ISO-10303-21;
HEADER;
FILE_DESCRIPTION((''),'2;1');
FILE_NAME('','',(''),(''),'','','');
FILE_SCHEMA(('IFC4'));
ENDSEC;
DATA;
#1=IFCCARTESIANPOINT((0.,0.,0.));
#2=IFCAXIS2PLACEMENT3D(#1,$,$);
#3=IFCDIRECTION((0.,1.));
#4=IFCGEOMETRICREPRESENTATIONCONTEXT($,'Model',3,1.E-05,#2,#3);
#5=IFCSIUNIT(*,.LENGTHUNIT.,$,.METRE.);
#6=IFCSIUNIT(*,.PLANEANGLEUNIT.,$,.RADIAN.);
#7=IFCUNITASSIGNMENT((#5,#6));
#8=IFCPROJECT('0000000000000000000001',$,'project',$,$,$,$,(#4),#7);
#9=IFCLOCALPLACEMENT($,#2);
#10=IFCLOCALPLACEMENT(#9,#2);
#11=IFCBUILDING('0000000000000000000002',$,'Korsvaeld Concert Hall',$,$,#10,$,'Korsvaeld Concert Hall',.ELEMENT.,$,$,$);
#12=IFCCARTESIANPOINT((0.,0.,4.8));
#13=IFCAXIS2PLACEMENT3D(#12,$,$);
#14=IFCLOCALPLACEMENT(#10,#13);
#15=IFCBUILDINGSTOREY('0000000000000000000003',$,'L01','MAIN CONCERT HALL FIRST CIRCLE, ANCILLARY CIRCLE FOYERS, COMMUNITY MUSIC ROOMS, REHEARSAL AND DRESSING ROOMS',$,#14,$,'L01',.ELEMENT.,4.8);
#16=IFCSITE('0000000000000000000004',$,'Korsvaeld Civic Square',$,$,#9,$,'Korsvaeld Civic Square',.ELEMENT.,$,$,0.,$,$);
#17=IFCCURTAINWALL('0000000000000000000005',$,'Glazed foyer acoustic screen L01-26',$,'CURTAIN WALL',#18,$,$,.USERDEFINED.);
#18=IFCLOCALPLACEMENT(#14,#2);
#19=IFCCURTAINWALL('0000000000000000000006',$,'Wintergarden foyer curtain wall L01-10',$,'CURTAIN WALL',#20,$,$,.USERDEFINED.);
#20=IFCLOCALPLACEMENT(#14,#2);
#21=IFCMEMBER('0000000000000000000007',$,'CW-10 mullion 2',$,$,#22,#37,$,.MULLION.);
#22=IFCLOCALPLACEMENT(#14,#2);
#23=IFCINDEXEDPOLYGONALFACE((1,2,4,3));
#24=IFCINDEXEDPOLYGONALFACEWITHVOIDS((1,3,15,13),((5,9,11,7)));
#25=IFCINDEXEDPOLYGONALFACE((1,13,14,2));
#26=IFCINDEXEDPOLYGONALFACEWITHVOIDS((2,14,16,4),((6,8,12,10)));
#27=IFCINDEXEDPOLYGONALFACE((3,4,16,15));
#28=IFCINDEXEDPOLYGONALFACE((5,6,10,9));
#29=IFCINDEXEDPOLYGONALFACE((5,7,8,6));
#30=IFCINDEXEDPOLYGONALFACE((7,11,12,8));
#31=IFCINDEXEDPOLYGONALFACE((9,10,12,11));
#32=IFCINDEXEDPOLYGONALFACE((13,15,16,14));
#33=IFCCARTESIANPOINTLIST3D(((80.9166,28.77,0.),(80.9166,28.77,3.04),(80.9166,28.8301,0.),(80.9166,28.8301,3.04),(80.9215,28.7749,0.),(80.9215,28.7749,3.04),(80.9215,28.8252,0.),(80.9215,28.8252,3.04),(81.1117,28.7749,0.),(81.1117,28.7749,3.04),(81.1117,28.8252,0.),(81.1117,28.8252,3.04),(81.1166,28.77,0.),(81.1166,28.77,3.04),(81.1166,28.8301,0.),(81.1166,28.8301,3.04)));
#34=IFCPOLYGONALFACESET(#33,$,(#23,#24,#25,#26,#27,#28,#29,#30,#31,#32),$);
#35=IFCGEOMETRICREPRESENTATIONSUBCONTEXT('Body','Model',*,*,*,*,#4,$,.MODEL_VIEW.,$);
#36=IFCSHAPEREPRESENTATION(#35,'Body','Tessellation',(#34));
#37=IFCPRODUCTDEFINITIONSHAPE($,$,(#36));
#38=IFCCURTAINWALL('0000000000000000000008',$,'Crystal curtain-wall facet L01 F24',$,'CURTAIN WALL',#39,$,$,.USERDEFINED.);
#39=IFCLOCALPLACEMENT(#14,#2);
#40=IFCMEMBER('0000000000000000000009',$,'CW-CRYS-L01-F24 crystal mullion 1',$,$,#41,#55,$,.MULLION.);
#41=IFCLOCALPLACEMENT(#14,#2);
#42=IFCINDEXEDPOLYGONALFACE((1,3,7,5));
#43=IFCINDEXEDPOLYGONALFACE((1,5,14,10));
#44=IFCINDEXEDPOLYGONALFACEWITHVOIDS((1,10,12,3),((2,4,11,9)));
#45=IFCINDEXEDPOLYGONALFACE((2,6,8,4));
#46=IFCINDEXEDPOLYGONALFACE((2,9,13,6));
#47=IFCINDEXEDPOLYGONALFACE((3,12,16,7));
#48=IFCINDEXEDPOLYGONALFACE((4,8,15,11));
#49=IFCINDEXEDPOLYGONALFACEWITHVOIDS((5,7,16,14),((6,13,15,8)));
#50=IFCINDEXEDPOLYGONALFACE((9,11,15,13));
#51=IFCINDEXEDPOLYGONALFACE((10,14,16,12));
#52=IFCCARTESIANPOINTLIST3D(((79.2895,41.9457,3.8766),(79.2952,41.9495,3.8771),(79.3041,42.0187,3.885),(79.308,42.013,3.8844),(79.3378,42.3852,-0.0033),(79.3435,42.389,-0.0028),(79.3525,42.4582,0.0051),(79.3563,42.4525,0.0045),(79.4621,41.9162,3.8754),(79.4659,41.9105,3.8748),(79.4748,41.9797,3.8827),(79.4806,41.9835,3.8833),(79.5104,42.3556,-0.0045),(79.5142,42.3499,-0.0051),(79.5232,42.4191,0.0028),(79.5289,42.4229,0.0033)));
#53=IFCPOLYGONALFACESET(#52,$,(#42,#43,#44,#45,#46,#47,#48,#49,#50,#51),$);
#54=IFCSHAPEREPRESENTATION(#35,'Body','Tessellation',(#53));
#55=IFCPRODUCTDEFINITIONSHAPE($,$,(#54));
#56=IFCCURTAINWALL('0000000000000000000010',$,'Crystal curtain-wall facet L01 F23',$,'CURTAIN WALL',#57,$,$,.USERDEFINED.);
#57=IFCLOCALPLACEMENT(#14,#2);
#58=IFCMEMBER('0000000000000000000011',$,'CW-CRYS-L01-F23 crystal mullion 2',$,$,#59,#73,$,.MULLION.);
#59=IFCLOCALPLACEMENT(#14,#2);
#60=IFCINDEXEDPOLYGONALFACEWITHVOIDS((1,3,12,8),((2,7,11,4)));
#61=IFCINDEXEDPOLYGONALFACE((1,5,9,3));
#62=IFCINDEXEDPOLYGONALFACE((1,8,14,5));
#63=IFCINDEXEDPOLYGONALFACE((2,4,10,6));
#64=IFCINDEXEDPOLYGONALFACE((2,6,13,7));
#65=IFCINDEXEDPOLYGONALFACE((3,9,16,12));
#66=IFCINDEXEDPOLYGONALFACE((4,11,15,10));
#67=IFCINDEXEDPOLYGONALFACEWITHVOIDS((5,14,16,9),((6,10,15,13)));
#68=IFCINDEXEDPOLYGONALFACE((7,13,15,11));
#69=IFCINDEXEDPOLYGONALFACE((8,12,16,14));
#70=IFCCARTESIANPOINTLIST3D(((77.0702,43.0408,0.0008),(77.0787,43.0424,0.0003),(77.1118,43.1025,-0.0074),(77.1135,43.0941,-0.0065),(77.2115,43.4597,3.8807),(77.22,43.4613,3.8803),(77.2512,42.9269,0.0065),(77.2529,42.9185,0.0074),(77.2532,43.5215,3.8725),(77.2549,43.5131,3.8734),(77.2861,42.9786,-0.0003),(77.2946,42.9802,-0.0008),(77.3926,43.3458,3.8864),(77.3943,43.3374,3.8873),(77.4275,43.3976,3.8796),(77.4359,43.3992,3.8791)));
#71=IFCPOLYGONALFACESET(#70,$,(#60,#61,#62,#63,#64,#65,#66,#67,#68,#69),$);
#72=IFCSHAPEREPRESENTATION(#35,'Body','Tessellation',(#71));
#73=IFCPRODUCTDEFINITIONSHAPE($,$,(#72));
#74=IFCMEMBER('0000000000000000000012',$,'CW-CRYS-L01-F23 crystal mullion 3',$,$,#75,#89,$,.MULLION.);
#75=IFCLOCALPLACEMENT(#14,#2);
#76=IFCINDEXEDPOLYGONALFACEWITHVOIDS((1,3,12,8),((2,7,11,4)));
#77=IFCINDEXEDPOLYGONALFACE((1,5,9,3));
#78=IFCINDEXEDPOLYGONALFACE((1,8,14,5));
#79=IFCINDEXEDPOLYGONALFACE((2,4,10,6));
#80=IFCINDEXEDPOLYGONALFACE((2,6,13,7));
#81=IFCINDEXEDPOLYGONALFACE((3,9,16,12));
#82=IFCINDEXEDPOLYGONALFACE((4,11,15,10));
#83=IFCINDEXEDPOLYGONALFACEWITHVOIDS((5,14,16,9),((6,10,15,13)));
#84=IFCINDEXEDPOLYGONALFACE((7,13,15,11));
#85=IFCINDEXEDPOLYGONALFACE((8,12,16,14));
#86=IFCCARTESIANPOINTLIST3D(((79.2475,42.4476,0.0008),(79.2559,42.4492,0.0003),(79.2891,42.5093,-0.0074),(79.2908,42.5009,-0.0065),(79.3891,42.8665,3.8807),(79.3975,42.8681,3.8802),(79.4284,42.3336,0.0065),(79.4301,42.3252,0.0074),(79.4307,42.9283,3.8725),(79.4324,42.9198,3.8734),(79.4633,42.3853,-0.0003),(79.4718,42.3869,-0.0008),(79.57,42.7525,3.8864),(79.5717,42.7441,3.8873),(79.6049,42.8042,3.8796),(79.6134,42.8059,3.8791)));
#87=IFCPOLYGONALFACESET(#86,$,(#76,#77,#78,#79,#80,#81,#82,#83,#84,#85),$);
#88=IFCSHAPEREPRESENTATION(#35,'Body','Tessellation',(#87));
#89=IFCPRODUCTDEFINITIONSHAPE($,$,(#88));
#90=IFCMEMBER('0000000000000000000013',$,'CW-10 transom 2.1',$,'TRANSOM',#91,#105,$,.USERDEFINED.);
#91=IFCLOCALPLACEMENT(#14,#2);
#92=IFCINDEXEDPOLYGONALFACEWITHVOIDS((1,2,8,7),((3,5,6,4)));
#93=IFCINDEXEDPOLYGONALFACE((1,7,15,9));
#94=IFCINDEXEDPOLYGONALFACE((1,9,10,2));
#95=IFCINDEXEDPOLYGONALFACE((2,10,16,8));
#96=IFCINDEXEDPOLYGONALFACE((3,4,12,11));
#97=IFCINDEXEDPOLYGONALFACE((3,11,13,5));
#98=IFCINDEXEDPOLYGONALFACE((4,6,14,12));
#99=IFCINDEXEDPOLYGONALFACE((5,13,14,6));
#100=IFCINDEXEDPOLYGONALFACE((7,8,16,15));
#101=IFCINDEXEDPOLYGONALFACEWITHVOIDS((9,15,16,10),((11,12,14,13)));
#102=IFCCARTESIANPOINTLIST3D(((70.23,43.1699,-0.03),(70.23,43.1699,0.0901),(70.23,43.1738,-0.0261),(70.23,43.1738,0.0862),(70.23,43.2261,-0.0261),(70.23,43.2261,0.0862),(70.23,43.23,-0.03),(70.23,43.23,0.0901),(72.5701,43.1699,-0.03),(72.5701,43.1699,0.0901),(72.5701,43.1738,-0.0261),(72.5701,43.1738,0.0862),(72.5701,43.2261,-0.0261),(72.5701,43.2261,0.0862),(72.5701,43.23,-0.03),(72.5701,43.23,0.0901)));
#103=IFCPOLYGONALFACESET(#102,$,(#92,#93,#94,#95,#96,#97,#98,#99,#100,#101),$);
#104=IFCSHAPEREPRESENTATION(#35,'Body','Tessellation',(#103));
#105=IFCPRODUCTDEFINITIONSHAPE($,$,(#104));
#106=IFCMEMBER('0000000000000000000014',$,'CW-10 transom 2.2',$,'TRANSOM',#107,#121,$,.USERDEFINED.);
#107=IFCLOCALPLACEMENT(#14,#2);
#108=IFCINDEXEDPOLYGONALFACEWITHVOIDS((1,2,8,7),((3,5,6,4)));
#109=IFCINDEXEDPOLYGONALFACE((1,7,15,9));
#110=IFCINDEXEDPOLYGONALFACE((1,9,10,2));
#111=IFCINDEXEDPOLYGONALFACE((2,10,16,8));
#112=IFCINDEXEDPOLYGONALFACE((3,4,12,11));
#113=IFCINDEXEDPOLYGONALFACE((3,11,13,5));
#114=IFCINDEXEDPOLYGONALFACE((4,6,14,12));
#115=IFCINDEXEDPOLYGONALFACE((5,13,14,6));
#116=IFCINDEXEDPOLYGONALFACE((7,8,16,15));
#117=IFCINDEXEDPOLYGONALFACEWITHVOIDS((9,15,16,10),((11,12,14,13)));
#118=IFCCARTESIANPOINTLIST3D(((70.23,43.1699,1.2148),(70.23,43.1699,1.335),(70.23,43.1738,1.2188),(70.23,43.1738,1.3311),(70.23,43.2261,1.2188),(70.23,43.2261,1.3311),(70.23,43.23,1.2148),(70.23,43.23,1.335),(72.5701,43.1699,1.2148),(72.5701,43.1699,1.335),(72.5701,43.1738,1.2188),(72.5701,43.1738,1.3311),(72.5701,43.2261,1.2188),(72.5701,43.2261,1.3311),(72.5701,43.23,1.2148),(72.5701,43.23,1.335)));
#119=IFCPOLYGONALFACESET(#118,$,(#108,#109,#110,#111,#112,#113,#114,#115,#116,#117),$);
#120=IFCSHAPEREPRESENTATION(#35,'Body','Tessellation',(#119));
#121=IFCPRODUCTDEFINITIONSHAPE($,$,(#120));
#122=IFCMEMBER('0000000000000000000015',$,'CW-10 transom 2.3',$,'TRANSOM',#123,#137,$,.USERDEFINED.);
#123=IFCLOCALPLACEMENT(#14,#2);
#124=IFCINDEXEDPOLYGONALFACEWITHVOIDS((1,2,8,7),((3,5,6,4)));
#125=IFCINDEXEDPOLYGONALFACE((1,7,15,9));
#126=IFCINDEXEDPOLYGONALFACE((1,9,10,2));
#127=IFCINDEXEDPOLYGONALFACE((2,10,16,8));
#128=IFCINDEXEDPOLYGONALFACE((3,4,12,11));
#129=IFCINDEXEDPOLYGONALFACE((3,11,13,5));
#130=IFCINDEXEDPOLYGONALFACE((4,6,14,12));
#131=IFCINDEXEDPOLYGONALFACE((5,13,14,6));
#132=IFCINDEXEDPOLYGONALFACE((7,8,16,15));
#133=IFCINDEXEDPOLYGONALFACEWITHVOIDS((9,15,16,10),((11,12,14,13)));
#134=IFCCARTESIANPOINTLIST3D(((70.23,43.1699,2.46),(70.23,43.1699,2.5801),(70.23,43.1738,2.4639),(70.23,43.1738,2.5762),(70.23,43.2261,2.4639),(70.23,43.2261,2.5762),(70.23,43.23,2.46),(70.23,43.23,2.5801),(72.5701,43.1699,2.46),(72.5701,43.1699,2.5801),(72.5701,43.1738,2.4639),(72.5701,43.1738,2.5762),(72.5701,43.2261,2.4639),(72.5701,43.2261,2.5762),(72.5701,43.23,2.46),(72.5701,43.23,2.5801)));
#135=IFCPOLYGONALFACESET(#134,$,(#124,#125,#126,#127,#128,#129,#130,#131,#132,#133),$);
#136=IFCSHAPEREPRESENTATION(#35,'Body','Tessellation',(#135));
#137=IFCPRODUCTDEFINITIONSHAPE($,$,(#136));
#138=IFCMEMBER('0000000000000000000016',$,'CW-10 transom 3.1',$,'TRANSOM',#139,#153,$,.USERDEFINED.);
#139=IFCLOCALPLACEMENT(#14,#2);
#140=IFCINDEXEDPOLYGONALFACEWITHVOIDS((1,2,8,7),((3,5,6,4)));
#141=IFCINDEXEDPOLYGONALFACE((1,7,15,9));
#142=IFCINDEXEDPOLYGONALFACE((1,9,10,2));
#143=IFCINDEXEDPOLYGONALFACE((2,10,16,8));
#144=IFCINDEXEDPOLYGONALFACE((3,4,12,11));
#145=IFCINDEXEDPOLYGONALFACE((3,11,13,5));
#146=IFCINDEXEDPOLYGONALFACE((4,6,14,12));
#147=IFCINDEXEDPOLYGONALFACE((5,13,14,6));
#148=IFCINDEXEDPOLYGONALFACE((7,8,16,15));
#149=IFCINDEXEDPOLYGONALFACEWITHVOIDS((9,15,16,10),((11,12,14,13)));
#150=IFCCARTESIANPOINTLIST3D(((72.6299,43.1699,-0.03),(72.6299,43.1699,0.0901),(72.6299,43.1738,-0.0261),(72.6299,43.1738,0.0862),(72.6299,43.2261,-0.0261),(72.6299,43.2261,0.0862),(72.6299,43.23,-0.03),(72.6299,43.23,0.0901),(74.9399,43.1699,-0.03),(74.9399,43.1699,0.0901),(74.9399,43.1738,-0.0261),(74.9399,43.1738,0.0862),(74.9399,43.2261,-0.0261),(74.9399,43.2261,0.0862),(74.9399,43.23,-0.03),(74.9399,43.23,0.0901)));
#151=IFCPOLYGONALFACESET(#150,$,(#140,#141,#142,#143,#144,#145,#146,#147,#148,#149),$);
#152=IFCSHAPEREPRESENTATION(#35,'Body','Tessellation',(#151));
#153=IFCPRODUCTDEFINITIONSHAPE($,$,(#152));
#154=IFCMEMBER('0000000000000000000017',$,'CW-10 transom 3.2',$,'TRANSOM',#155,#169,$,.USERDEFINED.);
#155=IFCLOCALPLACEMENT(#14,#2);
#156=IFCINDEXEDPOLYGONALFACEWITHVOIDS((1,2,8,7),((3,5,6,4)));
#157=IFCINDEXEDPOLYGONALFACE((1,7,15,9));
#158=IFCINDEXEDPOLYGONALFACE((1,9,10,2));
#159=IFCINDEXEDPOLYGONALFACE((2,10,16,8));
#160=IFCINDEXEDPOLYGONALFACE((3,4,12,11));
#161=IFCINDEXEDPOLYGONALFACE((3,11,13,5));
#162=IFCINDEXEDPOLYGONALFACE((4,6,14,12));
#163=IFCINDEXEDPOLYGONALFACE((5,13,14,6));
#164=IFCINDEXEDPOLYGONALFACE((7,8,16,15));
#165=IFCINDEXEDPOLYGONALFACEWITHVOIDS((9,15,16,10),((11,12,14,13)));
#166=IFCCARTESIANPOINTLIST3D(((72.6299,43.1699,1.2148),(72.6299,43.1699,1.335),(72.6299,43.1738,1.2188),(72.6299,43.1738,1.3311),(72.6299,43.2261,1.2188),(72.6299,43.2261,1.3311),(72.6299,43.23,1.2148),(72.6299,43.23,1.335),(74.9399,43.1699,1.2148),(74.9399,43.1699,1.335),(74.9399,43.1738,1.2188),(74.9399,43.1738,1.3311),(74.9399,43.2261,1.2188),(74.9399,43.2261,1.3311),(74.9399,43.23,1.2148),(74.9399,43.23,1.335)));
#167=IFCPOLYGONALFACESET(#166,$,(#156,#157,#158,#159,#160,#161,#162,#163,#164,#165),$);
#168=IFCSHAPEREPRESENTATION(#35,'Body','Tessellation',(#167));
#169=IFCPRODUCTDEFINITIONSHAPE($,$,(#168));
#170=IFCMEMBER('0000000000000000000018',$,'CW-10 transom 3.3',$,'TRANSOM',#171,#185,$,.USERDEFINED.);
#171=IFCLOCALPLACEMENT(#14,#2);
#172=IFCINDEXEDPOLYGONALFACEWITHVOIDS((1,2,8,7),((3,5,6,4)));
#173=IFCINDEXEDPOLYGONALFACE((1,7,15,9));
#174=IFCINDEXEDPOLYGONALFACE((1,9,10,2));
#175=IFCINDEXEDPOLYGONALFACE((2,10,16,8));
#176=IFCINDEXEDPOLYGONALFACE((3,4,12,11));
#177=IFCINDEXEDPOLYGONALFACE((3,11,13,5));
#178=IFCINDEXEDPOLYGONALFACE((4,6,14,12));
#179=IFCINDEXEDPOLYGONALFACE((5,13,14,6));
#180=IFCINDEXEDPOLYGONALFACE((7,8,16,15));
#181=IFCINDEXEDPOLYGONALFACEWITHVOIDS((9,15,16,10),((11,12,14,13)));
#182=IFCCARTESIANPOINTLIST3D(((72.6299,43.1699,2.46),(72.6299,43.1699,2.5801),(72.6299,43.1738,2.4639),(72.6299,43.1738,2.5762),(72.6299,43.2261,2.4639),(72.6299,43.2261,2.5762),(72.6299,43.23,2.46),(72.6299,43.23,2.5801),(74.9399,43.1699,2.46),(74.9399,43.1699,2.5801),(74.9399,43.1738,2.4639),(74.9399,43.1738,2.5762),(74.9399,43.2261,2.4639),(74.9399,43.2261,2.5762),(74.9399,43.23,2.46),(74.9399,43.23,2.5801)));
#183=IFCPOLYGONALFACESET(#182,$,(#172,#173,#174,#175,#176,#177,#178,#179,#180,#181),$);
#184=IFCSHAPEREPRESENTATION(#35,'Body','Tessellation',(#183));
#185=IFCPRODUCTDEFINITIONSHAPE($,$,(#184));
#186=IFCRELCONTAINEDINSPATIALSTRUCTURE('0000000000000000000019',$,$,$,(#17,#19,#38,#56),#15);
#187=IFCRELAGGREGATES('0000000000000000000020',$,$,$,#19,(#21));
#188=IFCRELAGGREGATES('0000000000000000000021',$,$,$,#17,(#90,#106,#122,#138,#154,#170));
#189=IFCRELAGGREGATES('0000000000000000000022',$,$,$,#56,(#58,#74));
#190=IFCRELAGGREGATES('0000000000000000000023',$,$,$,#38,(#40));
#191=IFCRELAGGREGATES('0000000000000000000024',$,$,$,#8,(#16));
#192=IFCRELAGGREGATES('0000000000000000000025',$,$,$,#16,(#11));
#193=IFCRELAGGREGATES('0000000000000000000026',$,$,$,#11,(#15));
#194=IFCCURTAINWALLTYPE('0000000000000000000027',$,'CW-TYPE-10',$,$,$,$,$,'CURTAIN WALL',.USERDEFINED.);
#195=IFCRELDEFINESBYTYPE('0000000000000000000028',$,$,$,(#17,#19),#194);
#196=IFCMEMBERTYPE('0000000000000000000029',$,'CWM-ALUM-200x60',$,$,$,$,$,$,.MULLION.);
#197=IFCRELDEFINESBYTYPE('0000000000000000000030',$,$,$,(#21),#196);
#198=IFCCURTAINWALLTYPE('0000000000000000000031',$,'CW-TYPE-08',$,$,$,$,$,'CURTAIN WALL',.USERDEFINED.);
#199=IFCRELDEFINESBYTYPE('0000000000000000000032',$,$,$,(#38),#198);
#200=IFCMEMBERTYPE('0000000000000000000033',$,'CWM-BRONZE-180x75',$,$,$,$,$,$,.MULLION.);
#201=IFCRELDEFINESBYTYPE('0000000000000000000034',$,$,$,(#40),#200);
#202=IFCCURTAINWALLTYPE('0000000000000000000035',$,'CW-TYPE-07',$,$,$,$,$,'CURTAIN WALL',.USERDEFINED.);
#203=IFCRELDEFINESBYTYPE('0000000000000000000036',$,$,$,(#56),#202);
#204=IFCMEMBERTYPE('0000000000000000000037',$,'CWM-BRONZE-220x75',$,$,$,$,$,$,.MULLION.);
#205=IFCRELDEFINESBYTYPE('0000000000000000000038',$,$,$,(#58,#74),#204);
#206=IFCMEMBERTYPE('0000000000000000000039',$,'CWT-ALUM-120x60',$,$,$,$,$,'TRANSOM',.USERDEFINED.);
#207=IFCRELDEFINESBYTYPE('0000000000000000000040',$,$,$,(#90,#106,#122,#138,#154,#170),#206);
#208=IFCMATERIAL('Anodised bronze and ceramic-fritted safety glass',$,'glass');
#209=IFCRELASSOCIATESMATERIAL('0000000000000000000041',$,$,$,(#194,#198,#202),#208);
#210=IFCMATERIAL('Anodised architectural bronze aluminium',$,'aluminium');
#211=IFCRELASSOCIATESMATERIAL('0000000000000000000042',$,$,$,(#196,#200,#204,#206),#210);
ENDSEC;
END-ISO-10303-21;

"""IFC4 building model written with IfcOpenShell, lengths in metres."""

from ifc_helpers import new_model, si_unit, direction, frame, origin, origin_2d, place, context, subcontext, project, spatial, hollow_rectangle, extrude, material, material_profile, profile_set, type_object, element, aggregate, save


model = new_model("IFC4")

# Units and contexts
model_context = context("Model", 3, precision=1e-05, world=origin(), true_north=direction((0.0, 1.0)))
body_context = subcontext(model_context, "Body", "Model", "MODEL_VIEW")
ifc_project = project(units=[si_unit("LENGTHUNIT", "METRE"), si_unit("PLANEANGLEUNIT", "RADIAN")], contexts=[model_context])

# Site, building, storey
site_placement = place(None, origin())
site = spatial("IfcSite", under=ifc_project, at=site_placement, Name="Korsvaeld Civic Square", LongName="Korsvaeld Civic Square", CompositionType="ELEMENT", RefElevation=0.0)
building_placement = place(site_placement, origin())
building = spatial("IfcBuilding", under=site, at=building_placement, Name="Korsvaeld Concert Hall", LongName="Korsvaeld Concert Hall", CompositionType="ELEMENT")
storey_placement = place(building_placement, frame((0.0, 0.0, 4.8)))
storey = spatial("IfcBuildingStorey", under=building, at=storey_placement, Name="L01", Description="MAIN CONCERT HALL FIRST CIRCLE, ANCILLARY CIRCLE FOYERS, COMMUNITY MUSIC ROOMS, REHEARSAL AND DRESSING ROOMS", LongName="L01", CompositionType="ELEMENT", Elevation=4.8)

# Curtain wall
ifc_material_1 = material(Name="Anodised bronze and ceramic-fritted safety glass", Category="glass")
curtain_wall_type_1 = type_object("IfcCurtainWallType", Name="CW-TYPE-10", ElementType="CURTAIN WALL", PredefinedType="USERDEFINED", material=ifc_material_1)
curtain_wall_1_placement = place(storey_placement, origin())
curtain_wall_1 = element("IfcCurtainWall", 1, at=curtain_wall_1_placement, inside=storey, type_object=curtain_wall_type_1, Name="Glazed foyer acoustic screen L01-26", ObjectType="CURTAIN WALL", PredefinedType="USERDEFINED")
ifc_material_2 = material(Name="Anodised architectural bronze aluminium", Category="aluminium")

# Curtain walls, members
curtain_wall_2_placement = place(storey_placement, origin())
curtain_wall_2 = element("IfcCurtainWall", 2, at=curtain_wall_2_placement, inside=storey, type_object=curtain_wall_type_1, Name="Wintergarden foyer curtain wall L01-10", ObjectType="CURTAIN WALL", PredefinedType="USERDEFINED")
ifc_material_profile_1 = material_profile(ifc_material_2, hollow_rectangle(XDim=0.0601, YDim=0.2, WallThickness=0.0049, at=origin_2d()), Name="CWM 200x60x5")
ifc_profile_set_1 = profile_set([ifc_material_profile_1], Name="Anodised architectural bronze aluminium")
member_type_1 = type_object("IfcMemberType", Name="CWM-ALUM-200x60", PredefinedType="MULLION", material=ifc_profile_set_1)
member_1_placement = place(storey_placement, frame((81.0166, 28.8, 0.0), z_axis=(0.0, 0.0, 1.0), x_axis=(0.0, -1.0, 0.0)))
member_1 = element("IfcMember", 3, at=member_1_placement, type_object=member_type_1, Name="CW-10 mullion 2", PredefinedType="MULLION", context=body_context, shape_type="SweptSolid", body=[
    extrude(hollow_rectangle(XDim=0.0601, YDim=0.2, WallThickness=0.0049, at=origin_2d()), origin(), (0.0, 0.0, 1.0), 3.04),
])
aggregate(curtain_wall_2, [member_1])
curtain_wall_type_2 = type_object("IfcCurtainWallType", Name="CW-TYPE-08", ElementType="CURTAIN WALL", PredefinedType="USERDEFINED", material=ifc_material_1)
curtain_wall_3_placement = place(storey_placement, origin())
curtain_wall_3 = element("IfcCurtainWall", 4, at=curtain_wall_3_placement, inside=storey, type_object=curtain_wall_type_2, Name="Crystal curtain-wall facet L01 F24", ObjectType="CURTAIN WALL", PredefinedType="USERDEFINED")
ifc_material_profile_2 = material_profile(ifc_material_2, hollow_rectangle(XDim=0.075, YDim=0.1799, WallThickness=0.0049, at=origin_2d()), Name="CWM 180x75x5")
ifc_profile_set_2 = profile_set([ifc_material_profile_2], Name="Anodised architectural bronze aluminium")
member_type_2 = type_object("IfcMemberType", Name="CWM-BRONZE-180x75", PredefinedType="MULLION", material=ifc_profile_set_2)
member_2_placement = place(storey_placement, frame((79.4333, 42.4041, 0.0), z_axis=(-0.012379, -0.112536, 0.993571), x_axis=(0.195828, 0.974132, 0.112774)))
member_2 = element("IfcMember", 5, at=member_2_placement, type_object=member_type_2, Name="CW-CRYS-L01-F24 crystal mullion 1", PredefinedType="MULLION", context=body_context, shape_type="SweptSolid", body=[
    extrude(hollow_rectangle(XDim=0.075, YDim=0.1799, WallThickness=0.0049, at=origin_2d()), origin(), (0.0, 0.0, 1.0), 3.905),
])

# Curtain wall, members
curtain_wall_type_3 = type_object("IfcCurtainWallType", Name="CW-TYPE-07", ElementType="CURTAIN WALL", PredefinedType="USERDEFINED", material=ifc_material_1)
curtain_wall_4_placement = place(storey_placement, origin())
curtain_wall_4 = element("IfcCurtainWall", 6, at=curtain_wall_4_placement, inside=storey, type_object=curtain_wall_type_3, Name="Crystal curtain-wall facet L01 F23", ObjectType="CURTAIN WALL", PredefinedType="USERDEFINED")
ifc_material_profile_3 = material_profile(ifc_material_2, hollow_rectangle(XDim=0.075, YDim=0.22, WallThickness=0.0061, at=origin_2d()), Name="CWM 220x75x6")
ifc_profile_set_3 = profile_set([ifc_material_profile_3], Name="Anodised architectural bronze aluminium")
member_type_3 = type_object("IfcMemberType", Name="CWM-BRONZE-220x75", PredefinedType="MULLION", material=ifc_profile_set_3)
member_3_placement = place(storey_placement, frame((77.1824, 43.0105, 0.0), z_axis=(0.036199, 0.107284, 0.993569), x_axis=(-0.555586, -0.824251, 0.109244)))
member_3 = element("IfcMember", 7, at=member_3_placement, type_object=member_type_3, Name="CW-CRYS-L01-F23 crystal mullion 2", PredefinedType="MULLION", context=body_context, shape_type="SweptSolid", body=[
    extrude(hollow_rectangle(XDim=0.075, YDim=0.22, WallThickness=0.0061, at=origin_2d()), origin(), (0.0, 0.0, 1.0), 3.905),
])
member_4_placement = place(storey_placement, frame((79.3596, 42.4172, 0.0), z_axis=(0.036262, 0.107284, 0.993567), x_axis=(-0.556016, -0.823958, 0.109263)))
member_4 = element("IfcMember", 8, at=member_4_placement, type_object=member_type_3, Name="CW-CRYS-L01-F23 crystal mullion 3", PredefinedType="MULLION", context=body_context, shape_type="SweptSolid", body=[
    extrude(hollow_rectangle(XDim=0.075, YDim=0.22, WallThickness=0.0061, at=origin_2d()), origin(), (0.0, 0.0, 1.0), 3.905),
])

# Members
ifc_material_profile_4 = material_profile(ifc_material_2, hollow_rectangle(XDim=0.0601, YDim=0.1201, WallThickness=0.0039, at=origin_2d()), Name="CWT 120x60x4")
ifc_profile_set_4 = profile_set([ifc_material_profile_4], Name="Anodised architectural bronze aluminium")
member_type_4 = type_object("IfcMemberType", Name="CWT-ALUM-120x60", ElementType="TRANSOM", PredefinedType="USERDEFINED", material=ifc_profile_set_4)
member_5_placement = place(storey_placement, frame((70.23, 43.2, 0.03), z_axis=(1.0, 0.0, 0.0), x_axis=(0.0, 1.0, 0.0)))
member_5 = element("IfcMember", 9, at=member_5_placement, type_object=member_type_4, Name="CW-10 transom 2.1", ObjectType="TRANSOM", PredefinedType="USERDEFINED", context=body_context, shape_type="SweptSolid", body=[
    extrude(hollow_rectangle(XDim=0.0601, YDim=0.1201, WallThickness=0.0039, at=origin_2d()), origin(), (0.0, 0.0, 1.0), 2.3401),
])
member_6_placement = place(storey_placement, frame((70.23, 43.2, 1.2749), z_axis=(1.0, 0.0, 0.0), x_axis=(0.0, 1.0, 0.0)))
member_6 = element("IfcMember", 10, at=member_6_placement, type_object=member_type_4, Name="CW-10 transom 2.2", ObjectType="TRANSOM", PredefinedType="USERDEFINED", context=body_context, shape_type="SweptSolid", body=[
    extrude(hollow_rectangle(XDim=0.0601, YDim=0.1201, WallThickness=0.0039, at=origin_2d()), origin(), (0.0, 0.0, 1.0), 2.3401),
])
member_7_placement = place(storey_placement, frame((70.23, 43.2, 2.52), z_axis=(1.0, 0.0, 0.0), x_axis=(0.0, 1.0, 0.0)))
member_7 = element("IfcMember", 11, at=member_7_placement, type_object=member_type_4, Name="CW-10 transom 2.3", ObjectType="TRANSOM", PredefinedType="USERDEFINED", context=body_context, shape_type="SweptSolid", body=[
    extrude(hollow_rectangle(XDim=0.0601, YDim=0.1201, WallThickness=0.0039, at=origin_2d()), origin(), (0.0, 0.0, 1.0), 2.3401),
])
member_8_placement = place(storey_placement, frame((72.6299, 43.2, 0.03), z_axis=(1.0, 0.0, 0.0), x_axis=(0.0, 1.0, 0.0)))
member_8 = element("IfcMember", 12, at=member_8_placement, type_object=member_type_4, Name="CW-10 transom 3.1", ObjectType="TRANSOM", PredefinedType="USERDEFINED", context=body_context, shape_type="SweptSolid", body=[
    extrude(hollow_rectangle(XDim=0.0601, YDim=0.1201, WallThickness=0.0039, at=origin_2d()), origin(), (0.0, 0.0, 1.0), 2.3101),
])
member_9_placement = place(storey_placement, frame((72.6299, 43.2, 1.2749), z_axis=(1.0, 0.0, 0.0), x_axis=(0.0, 1.0, 0.0)))
member_9 = element("IfcMember", 13, at=member_9_placement, type_object=member_type_4, Name="CW-10 transom 3.2", ObjectType="TRANSOM", PredefinedType="USERDEFINED", context=body_context, shape_type="SweptSolid", body=[
    extrude(hollow_rectangle(XDim=0.0601, YDim=0.1201, WallThickness=0.0039, at=origin_2d()), origin(), (0.0, 0.0, 1.0), 2.3101),
])
member_10_placement = place(storey_placement, frame((72.6299, 43.2, 2.52), z_axis=(1.0, 0.0, 0.0), x_axis=(0.0, 1.0, 0.0)))
member_10 = element("IfcMember", 14, at=member_10_placement, type_object=member_type_4, Name="CW-10 transom 3.3", ObjectType="TRANSOM", PredefinedType="USERDEFINED", context=body_context, shape_type="SweptSolid", body=[
    extrude(hollow_rectangle(XDim=0.0601, YDim=0.1201, WallThickness=0.0039, at=origin_2d()), origin(), (0.0, 0.0, 1.0), 2.3101),
])

aggregate(curtain_wall_1, [member_5, member_6, member_7, member_8, member_9, member_10])
aggregate(curtain_wall_4, [member_3, member_4])
aggregate(curtain_wall_3, [member_2])

save(model, "model.ifc")
